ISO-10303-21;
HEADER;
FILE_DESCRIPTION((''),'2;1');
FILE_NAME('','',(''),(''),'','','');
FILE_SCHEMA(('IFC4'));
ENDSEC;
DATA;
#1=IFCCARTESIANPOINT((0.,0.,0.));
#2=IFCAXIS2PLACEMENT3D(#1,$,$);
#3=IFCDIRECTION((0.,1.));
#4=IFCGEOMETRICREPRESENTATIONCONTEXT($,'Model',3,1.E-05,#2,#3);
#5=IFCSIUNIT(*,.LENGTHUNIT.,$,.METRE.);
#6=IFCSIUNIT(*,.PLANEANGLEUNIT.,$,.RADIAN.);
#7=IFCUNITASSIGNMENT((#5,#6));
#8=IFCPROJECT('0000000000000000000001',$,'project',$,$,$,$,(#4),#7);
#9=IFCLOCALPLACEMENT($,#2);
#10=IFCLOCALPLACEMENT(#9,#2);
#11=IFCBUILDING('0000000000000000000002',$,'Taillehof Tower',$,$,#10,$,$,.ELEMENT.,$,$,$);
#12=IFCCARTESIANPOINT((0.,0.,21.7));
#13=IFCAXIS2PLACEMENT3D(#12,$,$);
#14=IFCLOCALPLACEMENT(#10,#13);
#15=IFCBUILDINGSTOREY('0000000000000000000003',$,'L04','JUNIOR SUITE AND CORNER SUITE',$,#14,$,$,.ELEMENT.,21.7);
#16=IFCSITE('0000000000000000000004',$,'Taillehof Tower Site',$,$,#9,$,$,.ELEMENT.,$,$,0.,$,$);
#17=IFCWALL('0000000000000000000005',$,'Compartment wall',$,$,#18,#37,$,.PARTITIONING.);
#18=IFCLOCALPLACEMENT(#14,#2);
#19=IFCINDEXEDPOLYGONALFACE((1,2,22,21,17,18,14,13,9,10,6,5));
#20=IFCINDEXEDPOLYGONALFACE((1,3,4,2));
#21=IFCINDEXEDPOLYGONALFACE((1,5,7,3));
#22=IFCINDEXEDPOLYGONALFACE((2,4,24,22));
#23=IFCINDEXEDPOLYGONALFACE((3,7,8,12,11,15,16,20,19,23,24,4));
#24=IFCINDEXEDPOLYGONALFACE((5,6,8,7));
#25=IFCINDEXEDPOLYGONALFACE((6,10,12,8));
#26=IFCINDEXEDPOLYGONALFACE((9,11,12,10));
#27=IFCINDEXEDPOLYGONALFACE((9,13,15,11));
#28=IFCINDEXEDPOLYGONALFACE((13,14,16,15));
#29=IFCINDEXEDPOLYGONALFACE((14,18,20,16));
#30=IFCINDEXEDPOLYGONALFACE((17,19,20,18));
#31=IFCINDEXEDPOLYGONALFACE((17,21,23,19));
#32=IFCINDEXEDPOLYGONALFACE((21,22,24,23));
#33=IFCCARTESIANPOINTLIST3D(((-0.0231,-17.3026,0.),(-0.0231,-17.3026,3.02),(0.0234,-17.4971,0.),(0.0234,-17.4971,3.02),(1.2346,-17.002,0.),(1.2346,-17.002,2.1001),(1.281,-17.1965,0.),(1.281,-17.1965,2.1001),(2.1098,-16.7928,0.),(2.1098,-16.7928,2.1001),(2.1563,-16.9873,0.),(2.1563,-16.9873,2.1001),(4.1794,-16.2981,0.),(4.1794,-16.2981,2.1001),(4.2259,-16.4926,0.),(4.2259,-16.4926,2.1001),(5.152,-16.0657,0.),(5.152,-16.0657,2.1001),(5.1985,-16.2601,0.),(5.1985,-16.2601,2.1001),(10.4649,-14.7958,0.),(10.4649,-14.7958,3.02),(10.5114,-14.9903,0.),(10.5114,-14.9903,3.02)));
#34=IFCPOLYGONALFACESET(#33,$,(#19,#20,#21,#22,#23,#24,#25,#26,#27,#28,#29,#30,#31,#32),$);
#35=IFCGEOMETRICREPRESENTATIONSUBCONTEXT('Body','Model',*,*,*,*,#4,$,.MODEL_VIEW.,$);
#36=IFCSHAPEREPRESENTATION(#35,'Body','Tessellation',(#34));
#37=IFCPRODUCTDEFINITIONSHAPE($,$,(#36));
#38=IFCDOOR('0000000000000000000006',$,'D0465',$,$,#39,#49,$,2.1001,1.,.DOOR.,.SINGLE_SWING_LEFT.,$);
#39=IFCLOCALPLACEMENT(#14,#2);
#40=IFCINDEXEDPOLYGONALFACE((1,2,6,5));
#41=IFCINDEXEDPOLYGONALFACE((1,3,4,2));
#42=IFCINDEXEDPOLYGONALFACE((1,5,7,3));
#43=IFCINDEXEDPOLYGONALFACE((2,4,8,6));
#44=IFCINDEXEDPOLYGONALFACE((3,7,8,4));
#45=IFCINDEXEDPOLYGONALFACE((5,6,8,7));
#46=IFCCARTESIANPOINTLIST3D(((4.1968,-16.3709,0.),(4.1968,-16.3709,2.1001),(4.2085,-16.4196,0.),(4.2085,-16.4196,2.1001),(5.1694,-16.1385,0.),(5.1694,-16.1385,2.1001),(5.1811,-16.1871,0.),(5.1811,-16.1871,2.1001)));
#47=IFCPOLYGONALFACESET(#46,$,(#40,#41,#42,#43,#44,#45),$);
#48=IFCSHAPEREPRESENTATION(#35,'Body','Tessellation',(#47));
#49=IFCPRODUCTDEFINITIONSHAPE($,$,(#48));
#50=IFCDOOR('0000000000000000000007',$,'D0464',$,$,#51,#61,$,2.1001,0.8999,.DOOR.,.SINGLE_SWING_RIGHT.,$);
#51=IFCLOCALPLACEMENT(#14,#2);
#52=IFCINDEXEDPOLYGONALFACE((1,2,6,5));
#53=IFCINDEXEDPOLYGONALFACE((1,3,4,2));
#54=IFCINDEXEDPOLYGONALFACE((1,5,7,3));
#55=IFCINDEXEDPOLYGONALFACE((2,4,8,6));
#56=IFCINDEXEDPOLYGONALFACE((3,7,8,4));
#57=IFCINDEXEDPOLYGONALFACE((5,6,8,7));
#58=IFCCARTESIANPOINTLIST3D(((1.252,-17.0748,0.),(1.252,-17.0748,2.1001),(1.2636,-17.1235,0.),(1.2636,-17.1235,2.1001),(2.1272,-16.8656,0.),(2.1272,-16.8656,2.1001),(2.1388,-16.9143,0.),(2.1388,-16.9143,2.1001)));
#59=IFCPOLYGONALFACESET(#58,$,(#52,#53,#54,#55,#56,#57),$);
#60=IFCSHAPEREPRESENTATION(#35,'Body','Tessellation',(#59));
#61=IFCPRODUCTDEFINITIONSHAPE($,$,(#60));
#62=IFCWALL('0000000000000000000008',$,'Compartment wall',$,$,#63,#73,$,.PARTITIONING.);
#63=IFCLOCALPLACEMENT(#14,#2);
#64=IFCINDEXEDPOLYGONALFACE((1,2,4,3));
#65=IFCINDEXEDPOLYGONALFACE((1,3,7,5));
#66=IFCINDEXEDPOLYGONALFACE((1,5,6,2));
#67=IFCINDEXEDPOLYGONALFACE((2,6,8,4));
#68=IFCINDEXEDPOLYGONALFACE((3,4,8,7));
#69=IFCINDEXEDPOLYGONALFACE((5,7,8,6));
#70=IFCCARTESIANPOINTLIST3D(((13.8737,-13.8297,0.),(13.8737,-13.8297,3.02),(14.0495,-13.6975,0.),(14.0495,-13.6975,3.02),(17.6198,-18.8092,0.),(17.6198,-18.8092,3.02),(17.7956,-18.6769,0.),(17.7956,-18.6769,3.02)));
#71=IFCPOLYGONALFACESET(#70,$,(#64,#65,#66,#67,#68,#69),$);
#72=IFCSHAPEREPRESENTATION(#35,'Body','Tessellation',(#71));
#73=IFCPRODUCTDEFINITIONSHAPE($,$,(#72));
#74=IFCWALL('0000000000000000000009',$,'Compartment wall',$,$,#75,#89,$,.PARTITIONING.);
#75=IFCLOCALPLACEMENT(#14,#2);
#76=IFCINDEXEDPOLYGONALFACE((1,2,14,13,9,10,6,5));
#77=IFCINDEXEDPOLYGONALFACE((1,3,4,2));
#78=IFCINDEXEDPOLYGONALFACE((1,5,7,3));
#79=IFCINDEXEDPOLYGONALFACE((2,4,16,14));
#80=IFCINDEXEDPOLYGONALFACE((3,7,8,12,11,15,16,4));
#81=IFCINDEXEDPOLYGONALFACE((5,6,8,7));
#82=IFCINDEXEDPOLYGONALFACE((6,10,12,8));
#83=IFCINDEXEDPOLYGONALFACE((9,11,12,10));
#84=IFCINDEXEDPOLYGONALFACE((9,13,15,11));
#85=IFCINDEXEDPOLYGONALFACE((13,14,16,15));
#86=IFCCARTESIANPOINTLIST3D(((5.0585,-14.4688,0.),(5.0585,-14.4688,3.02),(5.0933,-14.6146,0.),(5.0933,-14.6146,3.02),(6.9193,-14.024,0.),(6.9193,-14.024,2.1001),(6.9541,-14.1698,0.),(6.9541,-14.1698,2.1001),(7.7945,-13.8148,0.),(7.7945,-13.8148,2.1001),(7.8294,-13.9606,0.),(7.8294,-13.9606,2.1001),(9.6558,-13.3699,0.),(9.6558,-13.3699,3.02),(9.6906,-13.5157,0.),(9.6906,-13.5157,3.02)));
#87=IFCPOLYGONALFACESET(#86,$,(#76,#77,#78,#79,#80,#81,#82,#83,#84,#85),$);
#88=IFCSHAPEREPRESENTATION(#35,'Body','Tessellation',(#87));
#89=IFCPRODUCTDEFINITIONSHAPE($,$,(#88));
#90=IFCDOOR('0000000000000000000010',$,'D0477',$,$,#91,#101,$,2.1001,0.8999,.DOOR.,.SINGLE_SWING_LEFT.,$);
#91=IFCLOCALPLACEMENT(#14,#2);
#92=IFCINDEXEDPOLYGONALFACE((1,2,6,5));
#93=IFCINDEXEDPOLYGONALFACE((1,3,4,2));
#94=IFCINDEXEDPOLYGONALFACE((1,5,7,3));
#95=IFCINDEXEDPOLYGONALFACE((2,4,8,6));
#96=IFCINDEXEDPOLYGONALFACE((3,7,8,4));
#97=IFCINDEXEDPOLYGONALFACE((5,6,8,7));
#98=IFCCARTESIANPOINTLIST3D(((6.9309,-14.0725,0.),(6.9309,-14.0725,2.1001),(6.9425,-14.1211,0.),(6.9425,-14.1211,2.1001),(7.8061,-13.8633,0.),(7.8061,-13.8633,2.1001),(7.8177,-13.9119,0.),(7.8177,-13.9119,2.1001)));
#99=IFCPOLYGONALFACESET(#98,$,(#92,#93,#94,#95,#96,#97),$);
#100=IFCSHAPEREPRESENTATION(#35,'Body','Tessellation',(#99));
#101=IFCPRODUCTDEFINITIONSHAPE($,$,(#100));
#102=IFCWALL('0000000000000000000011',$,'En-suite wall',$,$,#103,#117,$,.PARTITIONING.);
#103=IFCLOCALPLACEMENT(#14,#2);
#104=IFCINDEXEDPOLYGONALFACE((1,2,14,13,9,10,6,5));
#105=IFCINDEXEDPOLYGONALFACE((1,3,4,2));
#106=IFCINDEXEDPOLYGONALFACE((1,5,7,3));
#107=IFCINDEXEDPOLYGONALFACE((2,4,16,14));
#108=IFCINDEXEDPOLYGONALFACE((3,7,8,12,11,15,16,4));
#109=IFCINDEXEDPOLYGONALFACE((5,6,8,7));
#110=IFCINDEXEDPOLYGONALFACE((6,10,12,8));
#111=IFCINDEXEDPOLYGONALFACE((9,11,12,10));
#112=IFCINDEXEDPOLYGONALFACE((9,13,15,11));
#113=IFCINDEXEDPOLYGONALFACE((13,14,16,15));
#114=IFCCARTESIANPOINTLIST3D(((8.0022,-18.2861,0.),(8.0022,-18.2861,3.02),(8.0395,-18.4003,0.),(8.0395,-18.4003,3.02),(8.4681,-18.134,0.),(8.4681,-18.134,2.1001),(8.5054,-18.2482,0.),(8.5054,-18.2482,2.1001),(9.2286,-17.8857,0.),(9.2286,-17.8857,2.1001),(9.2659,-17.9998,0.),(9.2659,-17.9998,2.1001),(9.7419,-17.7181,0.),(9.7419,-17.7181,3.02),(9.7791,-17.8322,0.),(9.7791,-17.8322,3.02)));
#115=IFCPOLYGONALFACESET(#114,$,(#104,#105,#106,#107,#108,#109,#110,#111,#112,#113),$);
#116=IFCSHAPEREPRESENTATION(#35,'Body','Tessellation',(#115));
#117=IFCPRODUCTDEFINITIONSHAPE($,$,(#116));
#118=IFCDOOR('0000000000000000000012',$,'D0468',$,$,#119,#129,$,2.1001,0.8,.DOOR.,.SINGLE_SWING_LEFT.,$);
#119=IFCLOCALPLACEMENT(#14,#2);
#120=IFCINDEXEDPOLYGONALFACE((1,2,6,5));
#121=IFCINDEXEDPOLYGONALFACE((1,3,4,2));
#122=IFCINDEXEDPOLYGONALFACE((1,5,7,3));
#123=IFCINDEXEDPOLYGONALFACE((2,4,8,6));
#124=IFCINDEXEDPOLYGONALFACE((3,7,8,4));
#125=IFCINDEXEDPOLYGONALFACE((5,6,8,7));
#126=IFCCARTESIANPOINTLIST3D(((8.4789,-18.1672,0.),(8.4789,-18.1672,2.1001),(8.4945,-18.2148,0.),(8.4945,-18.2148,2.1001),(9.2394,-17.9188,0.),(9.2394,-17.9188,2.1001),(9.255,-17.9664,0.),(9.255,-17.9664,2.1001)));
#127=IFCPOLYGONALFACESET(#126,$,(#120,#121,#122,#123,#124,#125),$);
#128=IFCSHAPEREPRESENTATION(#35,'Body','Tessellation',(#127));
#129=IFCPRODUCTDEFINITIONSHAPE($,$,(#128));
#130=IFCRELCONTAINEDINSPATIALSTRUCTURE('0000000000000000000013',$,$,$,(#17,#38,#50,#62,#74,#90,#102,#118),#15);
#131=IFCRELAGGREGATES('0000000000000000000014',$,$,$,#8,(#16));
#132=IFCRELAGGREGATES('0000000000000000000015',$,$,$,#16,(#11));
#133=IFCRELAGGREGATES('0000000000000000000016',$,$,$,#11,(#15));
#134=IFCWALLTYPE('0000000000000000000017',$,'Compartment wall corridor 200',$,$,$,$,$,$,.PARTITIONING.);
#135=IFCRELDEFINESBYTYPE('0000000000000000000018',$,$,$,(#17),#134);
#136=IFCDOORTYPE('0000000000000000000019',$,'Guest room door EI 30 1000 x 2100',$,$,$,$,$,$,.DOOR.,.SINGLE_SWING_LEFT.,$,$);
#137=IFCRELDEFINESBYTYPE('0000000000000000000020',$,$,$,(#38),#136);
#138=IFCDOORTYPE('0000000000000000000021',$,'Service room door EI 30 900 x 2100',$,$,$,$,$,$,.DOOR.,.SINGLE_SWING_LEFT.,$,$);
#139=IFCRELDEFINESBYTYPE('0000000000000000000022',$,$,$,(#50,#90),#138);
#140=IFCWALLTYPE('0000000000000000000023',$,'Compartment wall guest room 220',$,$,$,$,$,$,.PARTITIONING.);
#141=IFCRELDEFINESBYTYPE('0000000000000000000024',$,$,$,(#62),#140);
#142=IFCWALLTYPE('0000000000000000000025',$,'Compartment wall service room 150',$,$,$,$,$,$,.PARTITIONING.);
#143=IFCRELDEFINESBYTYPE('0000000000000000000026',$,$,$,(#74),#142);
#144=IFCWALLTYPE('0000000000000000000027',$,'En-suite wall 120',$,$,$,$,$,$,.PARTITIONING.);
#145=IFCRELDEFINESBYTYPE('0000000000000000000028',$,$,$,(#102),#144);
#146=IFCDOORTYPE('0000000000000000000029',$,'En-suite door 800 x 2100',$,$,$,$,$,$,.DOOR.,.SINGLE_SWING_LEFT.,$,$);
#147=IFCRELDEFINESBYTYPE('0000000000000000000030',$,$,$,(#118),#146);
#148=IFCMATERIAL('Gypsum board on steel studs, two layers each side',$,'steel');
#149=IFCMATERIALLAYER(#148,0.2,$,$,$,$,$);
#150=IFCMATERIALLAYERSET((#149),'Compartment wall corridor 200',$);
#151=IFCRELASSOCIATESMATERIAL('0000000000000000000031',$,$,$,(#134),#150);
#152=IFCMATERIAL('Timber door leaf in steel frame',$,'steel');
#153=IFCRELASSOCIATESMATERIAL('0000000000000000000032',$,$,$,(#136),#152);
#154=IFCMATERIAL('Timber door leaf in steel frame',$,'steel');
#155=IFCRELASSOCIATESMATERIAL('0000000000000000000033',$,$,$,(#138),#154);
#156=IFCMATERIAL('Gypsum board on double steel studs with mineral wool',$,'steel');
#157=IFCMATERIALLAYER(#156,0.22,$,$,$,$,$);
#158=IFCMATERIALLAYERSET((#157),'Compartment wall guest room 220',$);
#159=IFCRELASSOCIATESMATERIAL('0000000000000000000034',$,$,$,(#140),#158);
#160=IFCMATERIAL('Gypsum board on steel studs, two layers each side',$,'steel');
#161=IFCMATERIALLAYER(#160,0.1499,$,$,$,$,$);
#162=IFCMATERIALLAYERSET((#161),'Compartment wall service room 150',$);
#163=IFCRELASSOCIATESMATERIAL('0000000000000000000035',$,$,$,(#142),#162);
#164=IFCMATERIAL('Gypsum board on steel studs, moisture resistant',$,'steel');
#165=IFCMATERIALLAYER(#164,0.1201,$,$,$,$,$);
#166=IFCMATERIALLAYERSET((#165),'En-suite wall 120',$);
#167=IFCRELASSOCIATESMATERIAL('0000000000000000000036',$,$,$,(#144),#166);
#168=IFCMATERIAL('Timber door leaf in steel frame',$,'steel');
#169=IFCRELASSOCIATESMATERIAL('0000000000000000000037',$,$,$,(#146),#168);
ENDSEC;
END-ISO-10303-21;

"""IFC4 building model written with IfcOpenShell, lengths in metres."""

from ifc_helpers import new_model, si_unit, direction, frame, frame_2d, origin, place, context, subcontext, project, spatial, rectangle, extrude, material, layer, layer_set, type_object, element, fill, save


model = new_model("IFC4")

# Units and contexts
model_context = context("Model", 3, precision=1e-05, world=origin(), true_north=direction((0.0, 1.0)))
body_context = subcontext(model_context, "Body", "Model", "MODEL_VIEW")
ifc_project = project(units=[si_unit("LENGTHUNIT", "METRE"), si_unit("PLANEANGLEUNIT", "RADIAN")], contexts=[model_context])

# Site, building, storey
site_placement = place(None, origin())
site = spatial("IfcSite", under=ifc_project, at=site_placement, Name="Taillehof Tower Site", CompositionType="ELEMENT", RefElevation=0.0)
building_placement = place(site_placement, origin())
building = spatial("IfcBuilding", under=site, at=building_placement, Name="Taillehof Tower", CompositionType="ELEMENT")
storey_placement = place(building_placement, frame((0.0, 0.0, 21.7)))
storey = spatial("IfcBuildingStorey", under=building, at=storey_placement, Name="L04", Description="JUNIOR SUITE AND CORNER SUITE", CompositionType="ELEMENT", Elevation=21.7)

# Shared definitions
ifc_material_1 = material(Name="Gypsum board on steel studs, two layers each side", Category="steel")
ifc_layer_1 = layer(ifc_material_1, 0.2)
ifc_layer_set_1 = layer_set([ifc_layer_1], Name="Compartment wall corridor 200")
wall_type_1 = type_object("IfcWallType", Name="Compartment wall corridor 200", PredefinedType="PARTITIONING", material=ifc_layer_set_1)

# Wall, openings, doors
wall_1_placement = place(storey_placement, frame((10.488, -14.8931, 0.0), z_axis=(0.0, 0.0, 1.0), x_axis=(-0.972603, -0.23247, 0.0)))
wall_1 = element("IfcWall", 1, at=wall_1_placement, inside=storey, type_object=wall_type_1, Name="Compartment wall", PredefinedType="PARTITIONING", context=body_context, shape_type="SweptSolid", body=[
    extrude(rectangle(XDim=10.7834, YDim=0.2, at=frame_2d((5.3916, 0.0))), origin(), (0.0, 0.0, 1.0), 3.02),
])
opening_1_placement = place(wall_1_placement, frame((8.5903, 0.0, 0.0)))
opening_1 = element("IfcOpeningElement", 2, at=opening_1_placement, cuts=wall_1, PredefinedType="OPENING", context=body_context, shape_type="SweptSolid", body=[
    extrude(rectangle(XDim=0.8999, YDim=2.1001, at=frame_2d((0.45, 1.05))), frame((0.0, 0.1099, 0.0), z_axis=(0.0, -1.0, 0.0), x_axis=(1.0, 0.0, 0.0)), (0.0, 0.0, 1.0), 0.22),
])
opening_2_placement = place(wall_1_placement, frame((5.4624, 0.0, 0.0)))
opening_2 = element("IfcOpeningElement", 3, at=opening_2_placement, cuts=wall_1, PredefinedType="OPENING", context=body_context, shape_type="SweptSolid", body=[
    extrude(rectangle(XDim=1.0, YDim=2.1001, at=frame_2d((0.5, 1.05))), frame((0.0, 0.1099, 0.0), z_axis=(0.0, -1.0, 0.0), x_axis=(1.0, 0.0, 0.0)), (0.0, 0.0, 1.0), 0.22),
])
ifc_material_2 = material(Name="Timber door leaf in steel frame", Category="steel")
door_type_1 = type_object("IfcDoorType", Name="Guest room door EI 30 1000 x 2100", OperationType="SINGLE_SWING_LEFT", PredefinedType="DOOR", material=ifc_material_2)
door_1_placement = place(opening_2_placement, origin())
door_1 = element("IfcDoor", 4, at=door_1_placement, inside=storey, type_object=door_type_1, Name="D0465", OperationType="SINGLE_SWING_LEFT", OverallHeight=2.1001, OverallWidth=1.0, PredefinedType="DOOR", context=body_context, shape_type="SweptSolid", body=[
    extrude(rectangle(XDim=1.0, YDim=2.1001, at=frame_2d((0.5, 1.05))), frame((0.0, 0.0249, 0.0), z_axis=(0.0, -1.0, 0.0), x_axis=(1.0, 0.0, 0.0)), (0.0, 0.0, 1.0), 0.05),
])
fill(opening_2, door_1)
ifc_material_3 = material(Name="Timber door leaf in steel frame", Category="steel")
door_type_2 = type_object("IfcDoorType", Name="Service room door EI 30 900 x 2100", OperationType="SINGLE_SWING_LEFT", PredefinedType="DOOR", material=ifc_material_3)
door_2_placement = place(opening_1_placement, origin())
door_2 = element("IfcDoor", 5, at=door_2_placement, inside=storey, type_object=door_type_2, Name="D0464", OperationType="SINGLE_SWING_RIGHT", OverallHeight=2.1001, OverallWidth=0.8999, PredefinedType="DOOR", context=body_context, shape_type="SweptSolid", body=[
    extrude(rectangle(XDim=0.8999, YDim=2.1001, at=frame_2d((0.45, 1.05))), frame((0.0, 0.0249, 0.0), z_axis=(0.0, -1.0, 0.0), x_axis=(1.0, 0.0, 0.0)), (0.0, 0.0, 1.0), 0.05),
])
fill(opening_1, door_2)

# Wall
ifc_material_4 = material(Name="Gypsum board on double steel studs with mineral wool", Category="steel")
ifc_layer_2 = layer(ifc_material_4, 0.22)
ifc_layer_set_2 = layer_set([ifc_layer_2], Name="Compartment wall guest room 220")
wall_type_2 = type_object("IfcWallType", Name="Compartment wall guest room 220", PredefinedType="PARTITIONING", material=ifc_layer_set_2)
wall_2_placement = place(storey_placement, frame((17.7078, -18.7432, 0.0), z_axis=(0.0, 0.0, 1.0), x_axis=(-0.601178, 0.799115, 0.0)))
element("IfcWall", 6, at=wall_2_placement, inside=storey, type_object=wall_type_2, Name="Compartment wall", PredefinedType="PARTITIONING", context=body_context, shape_type="SweptSolid", body=[
    extrude(rectangle(XDim=6.2312, YDim=0.22, at=frame_2d((3.1157, 0.0))), origin(), (0.0, 0.0, 1.0), 3.02),
])

# Walls, openings, doors
ifc_material_5 = material(Name="Gypsum board on steel studs, two layers each side", Category="steel")
ifc_layer_3 = layer(ifc_material_5, 0.1499)
ifc_layer_set_3 = layer_set([ifc_layer_3], Name="Compartment wall service room 150")
wall_type_3 = type_object("IfcWallType", Name="Compartment wall service room 150", PredefinedType="PARTITIONING", material=ifc_layer_set_3)
wall_3_placement = place(storey_placement, frame((9.6731, -13.4429, 0.0), z_axis=(0.0, 0.0, 1.0), x_axis=(-0.972603, -0.232472, 0.0)))
wall_3 = element("IfcWall", 7, at=wall_3_placement, inside=storey, type_object=wall_type_3, Name="Compartment wall", PredefinedType="PARTITIONING", context=body_context, shape_type="SweptSolid", body=[
    extrude(rectangle(XDim=4.7268, YDim=0.1499, at=frame_2d((2.3633, 0.0))), origin(), (0.0, 0.0, 1.0), 3.02),
])
opening_3_placement = place(wall_3_placement, frame((1.9136, 0.0, 0.0)))
opening_3 = element("IfcOpeningElement", 8, at=opening_3_placement, cuts=wall_3, PredefinedType="OPENING", context=body_context, shape_type="SweptSolid", body=[
    extrude(rectangle(XDim=0.8999, YDim=2.1001, at=frame_2d((0.45, 1.05))), frame((0.0, 0.085, 0.0), z_axis=(0.0, -1.0, 0.0), x_axis=(1.0, 0.0, 0.0)), (0.0, 0.0, 1.0), 0.1699),
])
door_3_placement = place(opening_3_placement, origin())
door_3 = element("IfcDoor", 9, at=door_3_placement, inside=storey, type_object=door_type_2, Name="D0477", OperationType="SINGLE_SWING_LEFT", OverallHeight=2.1001, OverallWidth=0.8999, PredefinedType="DOOR", context=body_context, shape_type="SweptSolid", body=[
    extrude(rectangle(XDim=0.8999, YDim=2.1001, at=frame_2d((0.45, 1.05))), frame((0.0, 0.0249, 0.0), z_axis=(0.0, -1.0, 0.0), x_axis=(1.0, 0.0, 0.0)), (0.0, 0.0, 1.0), 0.05),
])
fill(opening_3, door_3)
ifc_material_6 = material(Name="Gypsum board on steel studs, moisture resistant", Category="steel")
ifc_layer_4 = layer(ifc_material_6, 0.1201)
ifc_layer_set_4 = layer_set([ifc_layer_4], Name="En-suite wall 120")
wall_type_4 = type_object("IfcWallType", Name="En-suite wall 120", PredefinedType="PARTITIONING", material=ifc_layer_set_4)
wall_4_placement = place(storey_placement, frame((9.7605, -17.7751, 0.0), z_axis=(0.0, 0.0, 1.0), x_axis=(-0.9506, -0.310419, 0.0)))
wall_4 = element("IfcWall", 10, at=wall_4_placement, inside=storey, type_object=wall_type_4, Name="En-suite wall", PredefinedType="PARTITIONING", context=body_context, shape_type="SweptSolid", body=[
    extrude(rectangle(XDim=1.8301, YDim=0.1201, at=frame_2d((0.915, 0.0))), origin(), (0.0, 0.0, 1.0), 3.02),
])
opening_4_placement = place(wall_4_placement, frame((0.54, 0.0, 0.0)))
opening_4 = element("IfcOpeningElement", 11, at=opening_4_placement, cuts=wall_4, PredefinedType="OPENING", context=body_context, shape_type="SweptSolid", body=[
    extrude(rectangle(XDim=0.8, YDim=2.1001, at=frame_2d((0.3999, 1.05))), frame((0.0, 0.0701, 0.0), z_axis=(0.0, -1.0, 0.0), x_axis=(1.0, 0.0, 0.0)), (0.0, 0.0, 1.0), 0.1401),
])
ifc_material_7 = material(Name="Timber door leaf in steel frame", Category="steel")
door_type_3 = type_object("IfcDoorType", Name="En-suite door 800 x 2100", OperationType="SINGLE_SWING_LEFT", PredefinedType="DOOR", material=ifc_material_7)
door_4_placement = place(opening_4_placement, origin())
door_4 = element("IfcDoor", 12, at=door_4_placement, inside=storey, type_object=door_type_3, Name="D0468", OperationType="SINGLE_SWING_LEFT", OverallHeight=2.1001, OverallWidth=0.8, PredefinedType="DOOR", context=body_context, shape_type="SweptSolid", body=[
    extrude(rectangle(XDim=0.8, YDim=2.1001, at=frame_2d((0.3999, 1.05))), frame((0.0, 0.0249, 0.0), z_axis=(0.0, -1.0, 0.0), x_axis=(1.0, 0.0, 0.0)), (0.0, 0.0, 1.0), 0.05),
])
fill(opening_4, door_4)

save(model, "model.ifc")
